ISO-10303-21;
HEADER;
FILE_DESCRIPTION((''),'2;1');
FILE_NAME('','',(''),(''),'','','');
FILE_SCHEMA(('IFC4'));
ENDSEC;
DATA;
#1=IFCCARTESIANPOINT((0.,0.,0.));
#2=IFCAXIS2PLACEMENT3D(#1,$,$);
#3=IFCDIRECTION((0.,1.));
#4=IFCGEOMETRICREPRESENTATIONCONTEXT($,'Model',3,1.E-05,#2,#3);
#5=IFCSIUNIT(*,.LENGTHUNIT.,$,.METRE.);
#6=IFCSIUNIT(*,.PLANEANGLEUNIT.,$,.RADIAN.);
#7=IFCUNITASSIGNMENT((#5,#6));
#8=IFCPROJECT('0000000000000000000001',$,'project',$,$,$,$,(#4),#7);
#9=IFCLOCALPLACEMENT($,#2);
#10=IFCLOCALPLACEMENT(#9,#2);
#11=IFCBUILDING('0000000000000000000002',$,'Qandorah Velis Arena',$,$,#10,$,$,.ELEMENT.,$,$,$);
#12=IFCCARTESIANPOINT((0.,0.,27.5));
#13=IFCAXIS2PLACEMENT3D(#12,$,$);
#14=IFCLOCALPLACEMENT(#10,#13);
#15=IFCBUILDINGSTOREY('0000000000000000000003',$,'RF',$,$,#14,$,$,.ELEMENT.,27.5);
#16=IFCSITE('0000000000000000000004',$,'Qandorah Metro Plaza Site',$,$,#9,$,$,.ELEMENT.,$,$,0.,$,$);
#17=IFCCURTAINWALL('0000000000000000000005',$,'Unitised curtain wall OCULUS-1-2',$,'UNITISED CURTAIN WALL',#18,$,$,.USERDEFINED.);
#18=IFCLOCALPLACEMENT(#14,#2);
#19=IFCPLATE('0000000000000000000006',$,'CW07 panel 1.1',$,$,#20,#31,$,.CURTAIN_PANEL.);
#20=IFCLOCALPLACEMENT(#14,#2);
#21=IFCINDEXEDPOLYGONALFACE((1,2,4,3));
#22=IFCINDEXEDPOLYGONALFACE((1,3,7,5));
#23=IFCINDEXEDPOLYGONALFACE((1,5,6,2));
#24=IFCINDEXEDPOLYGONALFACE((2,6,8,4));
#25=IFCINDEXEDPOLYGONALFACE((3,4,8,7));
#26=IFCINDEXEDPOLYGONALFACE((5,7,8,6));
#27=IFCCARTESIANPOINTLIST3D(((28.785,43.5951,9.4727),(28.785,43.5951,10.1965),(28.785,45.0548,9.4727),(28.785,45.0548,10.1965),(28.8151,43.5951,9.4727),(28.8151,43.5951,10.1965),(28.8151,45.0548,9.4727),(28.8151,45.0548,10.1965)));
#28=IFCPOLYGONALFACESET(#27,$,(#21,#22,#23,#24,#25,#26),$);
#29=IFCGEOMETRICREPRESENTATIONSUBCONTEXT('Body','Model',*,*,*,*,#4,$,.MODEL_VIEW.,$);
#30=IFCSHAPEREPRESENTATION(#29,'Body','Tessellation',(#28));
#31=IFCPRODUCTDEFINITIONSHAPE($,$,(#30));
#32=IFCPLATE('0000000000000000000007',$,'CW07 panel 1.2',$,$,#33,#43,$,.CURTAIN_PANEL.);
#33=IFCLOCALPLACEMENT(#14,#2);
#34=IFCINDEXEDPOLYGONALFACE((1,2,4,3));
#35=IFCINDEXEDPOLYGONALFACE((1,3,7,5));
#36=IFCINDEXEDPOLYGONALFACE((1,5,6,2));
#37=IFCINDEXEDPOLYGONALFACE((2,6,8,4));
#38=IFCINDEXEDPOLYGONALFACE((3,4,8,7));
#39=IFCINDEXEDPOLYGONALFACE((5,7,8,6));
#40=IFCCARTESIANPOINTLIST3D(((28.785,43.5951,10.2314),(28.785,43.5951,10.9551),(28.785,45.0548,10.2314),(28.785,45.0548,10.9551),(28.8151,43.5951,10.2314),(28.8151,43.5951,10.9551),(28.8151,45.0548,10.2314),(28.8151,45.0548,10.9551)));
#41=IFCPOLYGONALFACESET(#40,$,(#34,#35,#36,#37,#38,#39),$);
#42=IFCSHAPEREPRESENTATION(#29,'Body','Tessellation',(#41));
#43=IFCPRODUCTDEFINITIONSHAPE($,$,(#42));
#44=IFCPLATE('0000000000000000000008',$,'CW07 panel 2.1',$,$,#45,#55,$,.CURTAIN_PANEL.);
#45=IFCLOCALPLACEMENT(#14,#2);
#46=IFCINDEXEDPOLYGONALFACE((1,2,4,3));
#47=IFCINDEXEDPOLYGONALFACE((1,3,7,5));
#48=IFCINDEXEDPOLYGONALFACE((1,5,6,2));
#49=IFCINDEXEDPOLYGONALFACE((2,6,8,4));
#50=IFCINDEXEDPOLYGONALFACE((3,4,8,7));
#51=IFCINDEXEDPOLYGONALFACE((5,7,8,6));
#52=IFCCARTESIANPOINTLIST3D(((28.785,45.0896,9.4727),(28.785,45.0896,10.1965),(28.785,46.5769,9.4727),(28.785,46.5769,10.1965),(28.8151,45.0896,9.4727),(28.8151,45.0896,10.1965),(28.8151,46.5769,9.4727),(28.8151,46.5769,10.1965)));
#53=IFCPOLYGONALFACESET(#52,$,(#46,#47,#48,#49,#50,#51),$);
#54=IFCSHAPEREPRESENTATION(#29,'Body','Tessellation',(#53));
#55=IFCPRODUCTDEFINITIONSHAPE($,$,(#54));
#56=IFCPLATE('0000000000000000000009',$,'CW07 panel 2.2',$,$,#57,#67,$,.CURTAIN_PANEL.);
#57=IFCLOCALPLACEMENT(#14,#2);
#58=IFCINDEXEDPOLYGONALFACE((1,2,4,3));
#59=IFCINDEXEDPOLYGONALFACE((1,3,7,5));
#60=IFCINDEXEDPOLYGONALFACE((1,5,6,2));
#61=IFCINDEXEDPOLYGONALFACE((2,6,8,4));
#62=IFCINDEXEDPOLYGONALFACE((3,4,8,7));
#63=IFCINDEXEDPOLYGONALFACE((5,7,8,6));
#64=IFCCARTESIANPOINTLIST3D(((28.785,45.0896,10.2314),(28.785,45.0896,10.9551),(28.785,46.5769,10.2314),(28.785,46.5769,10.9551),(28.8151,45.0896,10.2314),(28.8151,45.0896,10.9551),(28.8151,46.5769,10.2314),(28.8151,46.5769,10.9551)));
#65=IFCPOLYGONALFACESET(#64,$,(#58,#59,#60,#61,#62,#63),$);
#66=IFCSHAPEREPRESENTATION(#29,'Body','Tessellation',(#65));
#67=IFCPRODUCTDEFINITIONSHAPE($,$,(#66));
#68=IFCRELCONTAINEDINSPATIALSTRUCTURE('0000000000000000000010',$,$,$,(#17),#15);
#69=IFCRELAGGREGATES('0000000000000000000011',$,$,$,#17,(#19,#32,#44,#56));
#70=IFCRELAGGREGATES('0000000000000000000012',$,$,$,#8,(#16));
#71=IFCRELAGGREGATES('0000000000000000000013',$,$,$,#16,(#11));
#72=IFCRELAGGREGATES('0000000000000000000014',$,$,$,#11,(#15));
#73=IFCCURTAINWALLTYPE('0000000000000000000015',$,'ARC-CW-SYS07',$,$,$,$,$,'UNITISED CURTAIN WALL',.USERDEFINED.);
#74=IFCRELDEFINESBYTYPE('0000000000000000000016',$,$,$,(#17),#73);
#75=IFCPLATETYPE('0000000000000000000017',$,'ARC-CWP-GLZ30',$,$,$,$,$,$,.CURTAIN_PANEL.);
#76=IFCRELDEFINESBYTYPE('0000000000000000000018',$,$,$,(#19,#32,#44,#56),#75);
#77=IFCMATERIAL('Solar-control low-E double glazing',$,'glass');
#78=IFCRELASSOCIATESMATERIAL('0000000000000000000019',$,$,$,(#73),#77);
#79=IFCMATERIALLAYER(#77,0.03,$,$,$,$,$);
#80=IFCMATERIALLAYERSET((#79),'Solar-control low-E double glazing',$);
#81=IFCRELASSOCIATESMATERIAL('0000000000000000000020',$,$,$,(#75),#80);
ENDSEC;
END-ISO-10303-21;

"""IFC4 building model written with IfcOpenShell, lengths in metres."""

from ifc_helpers import new_model, si_unit, direction, frame, origin, origin_2d, place, context, subcontext, project, spatial, rectangle, extrude, material, layer, layer_set, type_object, element, aggregate, save


model = new_model("IFC4")

# Units and contexts
model_context = context("Model", 3, precision=1e-05, world=origin(), true_north=direction((0.0, 1.0)))
body_context = subcontext(model_context, "Body", "Model", "MODEL_VIEW")
ifc_project = project(units=[si_unit("LENGTHUNIT", "METRE"), si_unit("PLANEANGLEUNIT", "RADIAN")], contexts=[model_context])

# Site, building, storey
site_placement = place(None, origin())
site = spatial("IfcSite", under=ifc_project, at=site_placement, Name="Qandorah Metro Plaza Site", CompositionType="ELEMENT", RefElevation=0.0)
building_placement = place(site_placement, origin())
building = spatial("IfcBuilding", under=site, at=building_placement, Name="Qandorah Velis Arena", CompositionType="ELEMENT")
storey_placement = place(building_placement, frame((0.0, 0.0, 27.5)))
storey = spatial("IfcBuildingStorey", under=building, at=storey_placement, Name="RF", CompositionType="ELEMENT", Elevation=27.5)

# Curtain wall
ifc_material_1 = material(Name="Solar-control low-E double glazing", Category="glass")
curtain_wall_type_1 = type_object("IfcCurtainWallType", Name="ARC-CW-SYS07", ElementType="UNITISED CURTAIN WALL", PredefinedType="USERDEFINED", material=ifc_material_1)
curtain_wall_1_placement = place(storey_placement, origin())
curtain_wall_1 = element("IfcCurtainWall", 1, at=curtain_wall_1_placement, inside=storey, type_object=curtain_wall_type_1, Name="Unitised curtain wall OCULUS-1-2", ObjectType="UNITISED CURTAIN WALL", PredefinedType="USERDEFINED")

# Plates
ifc_layer = layer(ifc_material_1, 0.03)
ifc_layer_set = layer_set([ifc_layer], Name="Solar-control low-E double glazing")
plate_type = type_object("IfcPlateType", Name="ARC-CWP-GLZ30", PredefinedType="CURTAIN_PANEL", material=ifc_layer_set)
plate_1_placement = place(storey_placement, frame((28.8, 44.325, 9.4727), z_axis=(0.0, 0.0, 1.0), x_axis=(0.0, 1.0, 0.0)))
plate_1 = element("IfcPlate", 2, at=plate_1_placement, type_object=plate_type, Name="CW07 panel 1.1", PredefinedType="CURTAIN_PANEL", context=body_context, shape_type="SweptSolid", body=[
    extrude(rectangle(XDim=1.4597, YDim=0.03, at=origin_2d()), origin(), (0.0, 0.0, 1.0), 0.7239),
])
plate_2_placement = place(storey_placement, frame((28.8, 44.325, 10.2314), z_axis=(0.0, 0.0, 1.0), x_axis=(0.0, 1.0, 0.0)))
plate_2 = element("IfcPlate", 3, at=plate_2_placement, type_object=plate_type, Name="CW07 panel 1.2", PredefinedType="CURTAIN_PANEL", context=body_context, shape_type="SweptSolid", body=[
    extrude(rectangle(XDim=1.4597, YDim=0.03, at=origin_2d()), origin(), (0.0, 0.0, 1.0), 0.7236),
])
plate_3_placement = place(storey_placement, frame((28.8, 45.8333, 9.4727), z_axis=(0.0, 0.0, 1.0), x_axis=(0.0, 1.0, 0.0)))
plate_3 = element("IfcPlate", 4, at=plate_3_placement, type_object=plate_type, Name="CW07 panel 2.1", PredefinedType="CURTAIN_PANEL", context=body_context, shape_type="SweptSolid", body=[
    extrude(rectangle(XDim=1.4873, YDim=0.03, at=origin_2d()), origin(), (0.0, 0.0, 1.0), 0.7239),
])
plate_4_placement = place(storey_placement, frame((28.8, 45.8333, 10.2314), z_axis=(0.0, 0.0, 1.0), x_axis=(0.0, 1.0, 0.0)))
plate_4 = element("IfcPlate", 5, at=plate_4_placement, type_object=plate_type, Name="CW07 panel 2.2", PredefinedType="CURTAIN_PANEL", context=body_context, shape_type="SweptSolid", body=[
    extrude(rectangle(XDim=1.4873, YDim=0.03, at=origin_2d()), origin(), (0.0, 0.0, 1.0), 0.7236),
])
aggregate(curtain_wall_1, [plate_1, plate_2, plate_3, plate_4])

save(model, "model.ifc")
